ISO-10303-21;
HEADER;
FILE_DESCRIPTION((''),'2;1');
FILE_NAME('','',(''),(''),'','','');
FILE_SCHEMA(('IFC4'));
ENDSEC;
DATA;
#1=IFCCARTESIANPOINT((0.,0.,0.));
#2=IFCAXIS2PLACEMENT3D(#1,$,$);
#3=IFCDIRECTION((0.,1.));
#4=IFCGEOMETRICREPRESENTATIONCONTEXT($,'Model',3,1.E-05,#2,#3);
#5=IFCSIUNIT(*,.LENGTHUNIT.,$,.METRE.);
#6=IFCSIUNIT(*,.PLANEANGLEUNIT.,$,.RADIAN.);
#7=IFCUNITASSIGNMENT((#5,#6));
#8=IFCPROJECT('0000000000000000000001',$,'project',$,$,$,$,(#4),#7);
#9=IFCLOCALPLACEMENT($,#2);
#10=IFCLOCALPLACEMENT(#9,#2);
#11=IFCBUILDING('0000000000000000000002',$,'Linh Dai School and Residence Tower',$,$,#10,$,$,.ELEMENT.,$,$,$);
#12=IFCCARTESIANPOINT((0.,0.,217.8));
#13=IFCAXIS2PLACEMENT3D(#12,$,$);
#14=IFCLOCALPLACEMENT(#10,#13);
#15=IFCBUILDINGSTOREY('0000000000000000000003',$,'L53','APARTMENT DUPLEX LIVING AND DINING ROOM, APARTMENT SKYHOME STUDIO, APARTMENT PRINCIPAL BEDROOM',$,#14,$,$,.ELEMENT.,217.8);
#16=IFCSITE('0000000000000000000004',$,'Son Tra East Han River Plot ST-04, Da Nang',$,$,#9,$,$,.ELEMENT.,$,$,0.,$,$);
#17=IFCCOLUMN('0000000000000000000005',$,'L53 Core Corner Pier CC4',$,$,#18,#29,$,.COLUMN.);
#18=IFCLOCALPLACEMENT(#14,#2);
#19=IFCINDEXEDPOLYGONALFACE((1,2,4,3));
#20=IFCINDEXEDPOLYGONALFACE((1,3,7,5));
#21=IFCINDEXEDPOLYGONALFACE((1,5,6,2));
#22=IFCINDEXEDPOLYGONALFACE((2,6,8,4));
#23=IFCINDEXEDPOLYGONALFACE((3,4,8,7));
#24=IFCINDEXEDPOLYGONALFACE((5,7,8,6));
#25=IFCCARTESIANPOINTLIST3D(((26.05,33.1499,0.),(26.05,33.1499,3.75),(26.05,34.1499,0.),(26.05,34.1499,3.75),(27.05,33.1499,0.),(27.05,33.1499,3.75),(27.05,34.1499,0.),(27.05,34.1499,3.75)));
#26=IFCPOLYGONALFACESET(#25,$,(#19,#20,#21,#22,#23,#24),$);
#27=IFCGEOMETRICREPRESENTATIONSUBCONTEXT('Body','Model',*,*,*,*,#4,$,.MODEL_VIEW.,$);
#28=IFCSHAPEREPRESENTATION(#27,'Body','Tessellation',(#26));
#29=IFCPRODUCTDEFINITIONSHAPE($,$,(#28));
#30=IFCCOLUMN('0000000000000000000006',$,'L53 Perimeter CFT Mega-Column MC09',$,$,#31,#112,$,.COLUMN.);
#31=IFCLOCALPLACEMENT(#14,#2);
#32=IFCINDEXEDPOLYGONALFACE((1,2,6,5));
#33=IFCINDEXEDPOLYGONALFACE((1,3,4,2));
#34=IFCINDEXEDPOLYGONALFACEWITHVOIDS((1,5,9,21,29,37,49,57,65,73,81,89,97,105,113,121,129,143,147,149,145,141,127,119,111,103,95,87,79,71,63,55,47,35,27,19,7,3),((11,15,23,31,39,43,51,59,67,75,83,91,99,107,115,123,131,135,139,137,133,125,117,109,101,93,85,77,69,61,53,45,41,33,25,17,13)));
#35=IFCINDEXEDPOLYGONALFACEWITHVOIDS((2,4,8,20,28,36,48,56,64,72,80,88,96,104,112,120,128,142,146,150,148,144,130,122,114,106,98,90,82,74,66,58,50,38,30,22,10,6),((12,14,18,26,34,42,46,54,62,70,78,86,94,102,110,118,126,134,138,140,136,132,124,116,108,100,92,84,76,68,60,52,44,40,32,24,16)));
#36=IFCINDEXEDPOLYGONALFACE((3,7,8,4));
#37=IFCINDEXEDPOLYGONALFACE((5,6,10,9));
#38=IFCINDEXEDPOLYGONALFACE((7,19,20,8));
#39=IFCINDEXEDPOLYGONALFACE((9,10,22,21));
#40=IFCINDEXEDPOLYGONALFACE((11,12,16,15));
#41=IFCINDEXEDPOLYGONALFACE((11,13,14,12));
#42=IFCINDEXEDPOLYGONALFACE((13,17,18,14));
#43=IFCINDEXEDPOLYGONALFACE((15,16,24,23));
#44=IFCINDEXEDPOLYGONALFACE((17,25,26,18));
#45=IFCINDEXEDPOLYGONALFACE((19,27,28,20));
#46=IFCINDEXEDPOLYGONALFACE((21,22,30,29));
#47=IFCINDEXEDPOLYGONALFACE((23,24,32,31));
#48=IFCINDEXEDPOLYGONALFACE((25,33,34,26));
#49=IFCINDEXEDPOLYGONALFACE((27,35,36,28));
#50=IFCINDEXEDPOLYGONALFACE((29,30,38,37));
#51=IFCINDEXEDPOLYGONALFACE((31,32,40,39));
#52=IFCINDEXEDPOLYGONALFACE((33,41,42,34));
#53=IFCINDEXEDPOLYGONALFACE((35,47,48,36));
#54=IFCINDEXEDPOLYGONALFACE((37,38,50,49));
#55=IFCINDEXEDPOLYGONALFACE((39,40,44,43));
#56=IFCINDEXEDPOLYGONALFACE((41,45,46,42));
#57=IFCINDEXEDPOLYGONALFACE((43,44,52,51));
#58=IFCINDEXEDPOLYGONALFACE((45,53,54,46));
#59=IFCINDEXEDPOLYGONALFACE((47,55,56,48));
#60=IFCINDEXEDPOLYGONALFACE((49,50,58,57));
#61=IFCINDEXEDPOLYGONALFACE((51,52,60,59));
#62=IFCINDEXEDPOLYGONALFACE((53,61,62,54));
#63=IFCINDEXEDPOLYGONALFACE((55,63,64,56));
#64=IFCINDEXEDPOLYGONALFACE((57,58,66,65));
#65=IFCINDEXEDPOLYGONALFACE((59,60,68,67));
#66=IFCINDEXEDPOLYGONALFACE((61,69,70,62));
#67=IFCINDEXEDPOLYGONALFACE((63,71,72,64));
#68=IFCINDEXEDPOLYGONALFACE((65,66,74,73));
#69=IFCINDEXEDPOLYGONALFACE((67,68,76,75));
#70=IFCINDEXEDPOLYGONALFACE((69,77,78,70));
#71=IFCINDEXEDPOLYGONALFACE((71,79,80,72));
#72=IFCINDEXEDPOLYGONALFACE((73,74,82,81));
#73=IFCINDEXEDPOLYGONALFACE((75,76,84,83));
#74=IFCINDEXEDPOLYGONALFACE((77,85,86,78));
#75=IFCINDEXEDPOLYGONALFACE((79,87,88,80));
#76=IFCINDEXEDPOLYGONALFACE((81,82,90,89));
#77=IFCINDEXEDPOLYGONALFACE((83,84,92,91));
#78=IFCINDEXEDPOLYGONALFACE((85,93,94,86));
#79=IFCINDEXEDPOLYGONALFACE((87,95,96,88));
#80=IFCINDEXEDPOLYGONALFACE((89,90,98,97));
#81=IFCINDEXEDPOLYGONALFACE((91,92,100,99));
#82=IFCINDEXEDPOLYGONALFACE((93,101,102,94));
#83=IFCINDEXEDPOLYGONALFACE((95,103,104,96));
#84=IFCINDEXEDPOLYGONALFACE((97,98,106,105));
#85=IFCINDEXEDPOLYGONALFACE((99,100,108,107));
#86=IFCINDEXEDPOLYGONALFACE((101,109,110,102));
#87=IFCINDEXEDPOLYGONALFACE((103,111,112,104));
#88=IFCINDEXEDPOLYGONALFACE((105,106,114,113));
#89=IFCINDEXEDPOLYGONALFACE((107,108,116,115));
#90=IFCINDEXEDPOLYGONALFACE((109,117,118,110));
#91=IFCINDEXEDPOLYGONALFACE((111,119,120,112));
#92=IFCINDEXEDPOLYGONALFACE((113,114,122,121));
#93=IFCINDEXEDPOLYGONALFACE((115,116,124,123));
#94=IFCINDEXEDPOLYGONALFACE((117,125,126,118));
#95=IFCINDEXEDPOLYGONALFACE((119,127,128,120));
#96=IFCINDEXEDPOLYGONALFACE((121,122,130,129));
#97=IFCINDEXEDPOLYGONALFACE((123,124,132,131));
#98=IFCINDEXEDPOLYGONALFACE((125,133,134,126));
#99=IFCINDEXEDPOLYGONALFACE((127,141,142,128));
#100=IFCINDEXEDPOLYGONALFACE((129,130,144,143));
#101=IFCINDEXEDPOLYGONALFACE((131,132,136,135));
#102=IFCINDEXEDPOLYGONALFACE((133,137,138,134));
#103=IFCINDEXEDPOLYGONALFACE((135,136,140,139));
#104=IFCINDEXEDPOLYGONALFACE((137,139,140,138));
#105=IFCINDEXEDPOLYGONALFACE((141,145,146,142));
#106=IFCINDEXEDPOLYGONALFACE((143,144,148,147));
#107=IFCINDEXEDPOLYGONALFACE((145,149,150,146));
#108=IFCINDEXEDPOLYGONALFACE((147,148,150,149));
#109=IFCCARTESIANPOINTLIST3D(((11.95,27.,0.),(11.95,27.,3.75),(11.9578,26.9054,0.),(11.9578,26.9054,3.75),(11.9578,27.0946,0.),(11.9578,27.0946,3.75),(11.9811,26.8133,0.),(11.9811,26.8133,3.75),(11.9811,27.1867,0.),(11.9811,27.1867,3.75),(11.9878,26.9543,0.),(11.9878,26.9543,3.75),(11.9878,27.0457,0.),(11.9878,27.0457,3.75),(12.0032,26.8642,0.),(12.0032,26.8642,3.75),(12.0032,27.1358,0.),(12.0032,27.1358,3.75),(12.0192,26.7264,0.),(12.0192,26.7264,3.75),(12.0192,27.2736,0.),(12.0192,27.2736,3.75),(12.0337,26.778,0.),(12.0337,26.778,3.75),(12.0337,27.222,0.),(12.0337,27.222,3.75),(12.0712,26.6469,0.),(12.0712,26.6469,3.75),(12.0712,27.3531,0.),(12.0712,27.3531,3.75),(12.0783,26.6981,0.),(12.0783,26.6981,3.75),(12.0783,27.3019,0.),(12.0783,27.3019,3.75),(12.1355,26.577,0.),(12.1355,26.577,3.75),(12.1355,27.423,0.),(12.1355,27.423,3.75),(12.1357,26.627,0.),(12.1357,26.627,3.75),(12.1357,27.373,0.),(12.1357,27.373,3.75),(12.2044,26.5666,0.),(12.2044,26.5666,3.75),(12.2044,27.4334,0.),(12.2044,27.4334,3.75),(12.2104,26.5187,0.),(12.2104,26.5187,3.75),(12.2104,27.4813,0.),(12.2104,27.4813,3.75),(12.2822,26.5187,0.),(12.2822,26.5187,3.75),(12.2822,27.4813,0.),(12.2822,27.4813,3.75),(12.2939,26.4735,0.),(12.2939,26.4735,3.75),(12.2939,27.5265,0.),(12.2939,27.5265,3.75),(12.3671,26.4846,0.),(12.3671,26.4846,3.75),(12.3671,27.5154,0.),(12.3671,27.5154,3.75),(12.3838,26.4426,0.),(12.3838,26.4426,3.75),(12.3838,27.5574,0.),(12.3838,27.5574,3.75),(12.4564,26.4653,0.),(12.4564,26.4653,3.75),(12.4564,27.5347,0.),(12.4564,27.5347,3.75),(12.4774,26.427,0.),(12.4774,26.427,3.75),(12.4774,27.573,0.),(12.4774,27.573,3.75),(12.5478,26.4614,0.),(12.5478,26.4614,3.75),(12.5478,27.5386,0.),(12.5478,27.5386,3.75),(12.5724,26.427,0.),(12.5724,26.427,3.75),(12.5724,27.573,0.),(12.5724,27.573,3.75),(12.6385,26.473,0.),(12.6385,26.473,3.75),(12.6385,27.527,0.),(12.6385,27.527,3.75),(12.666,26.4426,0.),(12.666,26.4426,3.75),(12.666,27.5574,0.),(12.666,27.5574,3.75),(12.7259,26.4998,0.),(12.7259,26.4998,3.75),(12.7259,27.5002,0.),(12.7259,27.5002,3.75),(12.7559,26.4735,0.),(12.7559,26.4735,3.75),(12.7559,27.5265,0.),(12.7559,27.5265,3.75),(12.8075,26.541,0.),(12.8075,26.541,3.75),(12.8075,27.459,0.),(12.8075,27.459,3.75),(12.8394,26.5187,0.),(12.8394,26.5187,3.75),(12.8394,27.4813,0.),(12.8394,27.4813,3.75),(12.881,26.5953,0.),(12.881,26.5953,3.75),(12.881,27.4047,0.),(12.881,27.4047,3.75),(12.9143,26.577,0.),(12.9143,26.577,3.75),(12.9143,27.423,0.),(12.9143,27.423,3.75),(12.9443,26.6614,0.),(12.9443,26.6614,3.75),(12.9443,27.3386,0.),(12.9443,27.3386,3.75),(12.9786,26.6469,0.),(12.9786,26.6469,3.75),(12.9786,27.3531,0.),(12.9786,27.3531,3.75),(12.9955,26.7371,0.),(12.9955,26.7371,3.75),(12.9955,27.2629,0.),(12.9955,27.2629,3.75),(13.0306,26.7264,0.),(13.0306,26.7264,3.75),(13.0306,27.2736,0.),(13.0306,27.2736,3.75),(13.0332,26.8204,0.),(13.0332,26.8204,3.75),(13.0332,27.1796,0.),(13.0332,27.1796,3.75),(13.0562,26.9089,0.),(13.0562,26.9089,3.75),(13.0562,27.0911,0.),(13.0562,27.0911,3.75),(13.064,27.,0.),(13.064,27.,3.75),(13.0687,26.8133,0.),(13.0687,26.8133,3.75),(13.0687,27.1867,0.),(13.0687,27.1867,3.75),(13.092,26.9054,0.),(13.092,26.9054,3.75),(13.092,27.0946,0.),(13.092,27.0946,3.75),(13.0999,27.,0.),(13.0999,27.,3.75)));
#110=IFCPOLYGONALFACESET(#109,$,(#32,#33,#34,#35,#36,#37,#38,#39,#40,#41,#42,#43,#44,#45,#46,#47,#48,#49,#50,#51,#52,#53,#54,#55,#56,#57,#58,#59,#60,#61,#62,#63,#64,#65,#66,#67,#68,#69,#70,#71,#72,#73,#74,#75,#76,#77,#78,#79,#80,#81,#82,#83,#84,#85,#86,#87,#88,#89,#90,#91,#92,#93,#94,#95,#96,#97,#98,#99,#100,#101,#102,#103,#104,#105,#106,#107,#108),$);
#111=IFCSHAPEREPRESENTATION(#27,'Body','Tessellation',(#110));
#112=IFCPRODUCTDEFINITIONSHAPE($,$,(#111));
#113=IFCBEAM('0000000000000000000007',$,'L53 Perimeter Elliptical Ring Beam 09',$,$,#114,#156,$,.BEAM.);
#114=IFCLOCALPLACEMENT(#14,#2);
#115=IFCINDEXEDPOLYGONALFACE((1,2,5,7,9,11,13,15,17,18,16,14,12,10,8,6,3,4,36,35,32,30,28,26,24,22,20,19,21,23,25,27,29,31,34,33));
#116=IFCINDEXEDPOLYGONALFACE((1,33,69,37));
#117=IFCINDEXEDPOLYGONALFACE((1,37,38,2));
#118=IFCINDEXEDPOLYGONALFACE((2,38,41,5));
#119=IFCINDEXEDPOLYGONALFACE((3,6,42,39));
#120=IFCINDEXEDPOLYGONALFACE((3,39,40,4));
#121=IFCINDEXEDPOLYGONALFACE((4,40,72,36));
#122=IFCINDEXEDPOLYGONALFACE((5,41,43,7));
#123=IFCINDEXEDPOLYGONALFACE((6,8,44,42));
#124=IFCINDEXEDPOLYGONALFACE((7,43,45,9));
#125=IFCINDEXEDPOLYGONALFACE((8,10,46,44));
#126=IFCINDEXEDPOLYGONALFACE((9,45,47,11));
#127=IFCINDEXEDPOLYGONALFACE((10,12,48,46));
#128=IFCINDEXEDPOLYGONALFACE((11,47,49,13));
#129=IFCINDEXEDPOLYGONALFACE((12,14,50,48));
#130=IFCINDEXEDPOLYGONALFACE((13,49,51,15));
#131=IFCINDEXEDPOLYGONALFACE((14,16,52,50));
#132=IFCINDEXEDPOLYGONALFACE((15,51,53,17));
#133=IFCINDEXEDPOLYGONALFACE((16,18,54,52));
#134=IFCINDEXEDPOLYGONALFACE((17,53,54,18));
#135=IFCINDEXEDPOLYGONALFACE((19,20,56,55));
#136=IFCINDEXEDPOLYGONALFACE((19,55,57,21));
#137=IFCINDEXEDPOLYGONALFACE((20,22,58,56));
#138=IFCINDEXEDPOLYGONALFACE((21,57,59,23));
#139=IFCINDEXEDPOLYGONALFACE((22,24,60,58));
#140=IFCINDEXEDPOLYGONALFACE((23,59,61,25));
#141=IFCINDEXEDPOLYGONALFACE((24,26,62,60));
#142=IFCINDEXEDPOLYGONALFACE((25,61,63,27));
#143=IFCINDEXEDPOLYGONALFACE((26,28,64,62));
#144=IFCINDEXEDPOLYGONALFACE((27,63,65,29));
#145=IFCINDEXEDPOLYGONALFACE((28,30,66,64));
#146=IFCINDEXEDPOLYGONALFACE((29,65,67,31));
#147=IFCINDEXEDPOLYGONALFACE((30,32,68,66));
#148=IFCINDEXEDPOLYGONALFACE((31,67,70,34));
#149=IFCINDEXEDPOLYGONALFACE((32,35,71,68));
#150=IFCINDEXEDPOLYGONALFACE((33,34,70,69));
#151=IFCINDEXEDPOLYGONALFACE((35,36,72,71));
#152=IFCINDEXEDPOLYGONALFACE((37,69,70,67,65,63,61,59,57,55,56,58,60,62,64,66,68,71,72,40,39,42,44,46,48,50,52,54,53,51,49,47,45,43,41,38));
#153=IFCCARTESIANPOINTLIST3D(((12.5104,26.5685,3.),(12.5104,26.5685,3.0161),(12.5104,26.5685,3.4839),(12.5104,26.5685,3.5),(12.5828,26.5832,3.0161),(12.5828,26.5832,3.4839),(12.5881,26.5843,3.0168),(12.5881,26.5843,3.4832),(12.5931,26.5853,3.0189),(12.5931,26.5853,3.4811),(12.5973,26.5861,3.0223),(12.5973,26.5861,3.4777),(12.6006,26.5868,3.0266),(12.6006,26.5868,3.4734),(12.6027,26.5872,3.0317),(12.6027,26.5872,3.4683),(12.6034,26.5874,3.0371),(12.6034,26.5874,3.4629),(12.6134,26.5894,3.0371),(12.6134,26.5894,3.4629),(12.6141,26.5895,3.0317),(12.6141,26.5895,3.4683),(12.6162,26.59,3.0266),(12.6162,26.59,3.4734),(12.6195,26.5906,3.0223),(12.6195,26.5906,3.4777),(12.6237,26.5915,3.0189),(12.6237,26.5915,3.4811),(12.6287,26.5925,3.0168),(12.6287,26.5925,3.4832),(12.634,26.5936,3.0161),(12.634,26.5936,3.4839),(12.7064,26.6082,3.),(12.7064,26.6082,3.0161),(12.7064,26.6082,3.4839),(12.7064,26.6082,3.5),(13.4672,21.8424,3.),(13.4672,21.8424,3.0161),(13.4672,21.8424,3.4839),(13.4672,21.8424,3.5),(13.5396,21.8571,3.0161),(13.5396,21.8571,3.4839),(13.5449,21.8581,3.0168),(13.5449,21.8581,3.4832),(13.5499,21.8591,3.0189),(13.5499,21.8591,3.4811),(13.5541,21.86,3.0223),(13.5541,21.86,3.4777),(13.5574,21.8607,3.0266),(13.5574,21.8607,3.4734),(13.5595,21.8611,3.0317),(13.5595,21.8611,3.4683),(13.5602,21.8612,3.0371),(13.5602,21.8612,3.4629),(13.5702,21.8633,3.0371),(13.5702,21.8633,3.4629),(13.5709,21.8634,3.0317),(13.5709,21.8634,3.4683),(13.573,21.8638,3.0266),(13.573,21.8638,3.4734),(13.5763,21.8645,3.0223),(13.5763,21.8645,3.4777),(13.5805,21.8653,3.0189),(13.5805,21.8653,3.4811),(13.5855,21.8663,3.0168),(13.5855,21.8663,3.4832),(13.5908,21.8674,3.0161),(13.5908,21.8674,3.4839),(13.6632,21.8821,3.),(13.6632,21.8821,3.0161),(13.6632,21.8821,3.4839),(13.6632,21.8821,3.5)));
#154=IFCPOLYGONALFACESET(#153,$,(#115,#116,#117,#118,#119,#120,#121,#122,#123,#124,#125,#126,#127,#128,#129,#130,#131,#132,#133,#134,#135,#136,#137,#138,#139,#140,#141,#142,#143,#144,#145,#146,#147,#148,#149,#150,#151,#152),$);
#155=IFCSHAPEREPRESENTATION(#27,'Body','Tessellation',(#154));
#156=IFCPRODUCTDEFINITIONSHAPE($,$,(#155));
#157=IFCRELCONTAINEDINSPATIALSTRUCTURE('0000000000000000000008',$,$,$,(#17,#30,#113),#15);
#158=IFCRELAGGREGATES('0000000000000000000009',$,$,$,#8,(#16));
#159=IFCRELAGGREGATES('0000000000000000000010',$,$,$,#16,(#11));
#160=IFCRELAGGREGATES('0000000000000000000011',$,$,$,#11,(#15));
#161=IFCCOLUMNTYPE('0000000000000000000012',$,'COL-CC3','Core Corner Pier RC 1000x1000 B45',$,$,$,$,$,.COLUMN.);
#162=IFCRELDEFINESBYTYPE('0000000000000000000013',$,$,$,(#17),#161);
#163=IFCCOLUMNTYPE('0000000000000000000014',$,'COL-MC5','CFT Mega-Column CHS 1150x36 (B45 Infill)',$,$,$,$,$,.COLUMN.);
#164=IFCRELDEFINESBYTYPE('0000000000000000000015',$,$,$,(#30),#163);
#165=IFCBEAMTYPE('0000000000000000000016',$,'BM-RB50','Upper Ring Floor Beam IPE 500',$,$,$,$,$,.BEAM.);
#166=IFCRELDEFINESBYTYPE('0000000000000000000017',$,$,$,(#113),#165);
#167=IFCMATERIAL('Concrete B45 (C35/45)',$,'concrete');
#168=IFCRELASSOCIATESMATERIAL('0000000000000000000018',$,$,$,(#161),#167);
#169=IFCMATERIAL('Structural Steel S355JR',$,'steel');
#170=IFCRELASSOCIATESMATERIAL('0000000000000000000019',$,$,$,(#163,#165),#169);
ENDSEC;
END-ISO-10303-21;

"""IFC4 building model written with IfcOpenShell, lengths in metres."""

from ifc_helpers import new_model, si_unit, direction, frame, origin, origin_2d, place, context, subcontext, project, spatial, rectangle, hollow_circle, i_section, extrude, material, material_profile, profile_set, type_object, element, save


model = new_model("IFC4")

# Units and contexts
model_context = context("Model", 3, precision=1e-05, world=origin(), true_north=direction((0.0, 1.0)))
body_context = subcontext(model_context, "Body", "Model", "MODEL_VIEW")
ifc_project = project(units=[si_unit("LENGTHUNIT", "METRE"), si_unit("PLANEANGLEUNIT", "RADIAN")], contexts=[model_context])

# Site, building, storey
site_placement = place(None, origin())
site = spatial("IfcSite", under=ifc_project, at=site_placement, Name="Son Tra East Han River Plot ST-04, Da Nang", CompositionType="ELEMENT", RefElevation=0.0)
building_placement = place(site_placement, origin())
building = spatial("IfcBuilding", under=site, at=building_placement, Name="Linh Dai School and Residence Tower", CompositionType="ELEMENT")
storey_placement = place(building_placement, frame((0.0, 0.0, 217.8)))
storey = spatial("IfcBuildingStorey", under=building, at=storey_placement, Name="L53", Description="APARTMENT DUPLEX LIVING AND DINING ROOM, APARTMENT SKYHOME STUDIO, APARTMENT PRINCIPAL BEDROOM", CompositionType="ELEMENT", Elevation=217.8)

# Columns
ifc_material_1 = material(Name="Concrete B45 (C35/45)", Category="concrete")
ifc_material_profile_1 = material_profile(ifc_material_1, rectangle(XDim=1.0, YDim=1.0, at=origin_2d()), Name="RC 1000x1000")
ifc_profile_set_1 = profile_set([ifc_material_profile_1], Name="Concrete B45 (C35/45)")
column_type_1 = type_object("IfcColumnType", Name="COL-CC3", Description="Core Corner Pier RC 1000x1000 B45", PredefinedType="COLUMN", material=ifc_profile_set_1)
column_1_placement = place(storey_placement, frame((26.55, 33.6499, 0.0), z_axis=(0.0, 0.0, 1.0), x_axis=(1.0, 0.0, 0.0)))
element("IfcColumn", 1, at=column_1_placement, inside=storey, type_object=column_type_1, Name="L53 Core Corner Pier CC4", PredefinedType="COLUMN", context=body_context, shape_type="SweptSolid", body=[
    extrude(rectangle(XDim=1.0, YDim=1.0, at=origin_2d()), origin(), (0.0, 0.0, 1.0), 3.75),
])
ifc_material_2 = material(Name="Structural Steel S355JR", Category="steel")
ifc_material_profile_2 = material_profile(ifc_material_2, hollow_circle(Radius=0.575, WallThickness=0.0359, at=origin_2d()), Name="CHS 1150x36")
ifc_profile_set_2 = profile_set([ifc_material_profile_2], Name="Structural Steel S355JR")
column_type_2 = type_object("IfcColumnType", Name="COL-MC5", Description="CFT Mega-Column CHS 1150x36 (B45 Infill)", PredefinedType="COLUMN", material=ifc_profile_set_2)
column_2_placement = place(storey_placement, frame((12.5249, 27.0, 0.0), z_axis=(0.0, 0.0, 1.0), x_axis=(1.0, 0.0, 0.0)))
element("IfcColumn", 2, at=column_2_placement, inside=storey, type_object=column_type_2, Name="L53 Perimeter CFT Mega-Column MC09", PredefinedType="COLUMN", context=body_context, shape_type="SweptSolid", body=[
    extrude(hollow_circle(Radius=0.575, WallThickness=0.0359, at=origin_2d()), origin(), (0.0, 0.0, 1.0), 3.75),
])

# Beam
ifc_material_profile_3 = material_profile(ifc_material_2, i_section(OverallWidth=0.2, OverallDepth=0.5, WebThickness=0.0103, FlangeThickness=0.0161, FilletRadius=0.021, at=origin_2d()), Name="IPE 500")
ifc_profile_set_3 = profile_set([ifc_material_profile_3], Name="Structural Steel S355JR")
beam_type_1 = type_object("IfcBeamType", Name="BM-RB50", Description="Upper Ring Floor Beam IPE 500", PredefinedType="BEAM", material=ifc_profile_set_3)
beam_1_placement = place(storey_placement, frame((12.6084, 26.5884, 3.25), z_axis=(0.198423, -0.980116, 0.0), x_axis=(0.980116, 0.198423, 0.0)))
element("IfcBeam", 3, at=beam_1_placement, inside=storey, type_object=beam_type_1, Name="L53 Perimeter Elliptical Ring Beam 09", PredefinedType="BEAM", context=body_context, shape_type="SweptSolid", body=[
    extrude(i_section(OverallWidth=0.2, OverallDepth=0.5, WebThickness=0.0103, FlangeThickness=0.0161, FilletRadius=0.021, at=origin_2d()), origin(), (0.0, 0.0, 1.0), 4.822),
])

save(model, "model.ifc")
